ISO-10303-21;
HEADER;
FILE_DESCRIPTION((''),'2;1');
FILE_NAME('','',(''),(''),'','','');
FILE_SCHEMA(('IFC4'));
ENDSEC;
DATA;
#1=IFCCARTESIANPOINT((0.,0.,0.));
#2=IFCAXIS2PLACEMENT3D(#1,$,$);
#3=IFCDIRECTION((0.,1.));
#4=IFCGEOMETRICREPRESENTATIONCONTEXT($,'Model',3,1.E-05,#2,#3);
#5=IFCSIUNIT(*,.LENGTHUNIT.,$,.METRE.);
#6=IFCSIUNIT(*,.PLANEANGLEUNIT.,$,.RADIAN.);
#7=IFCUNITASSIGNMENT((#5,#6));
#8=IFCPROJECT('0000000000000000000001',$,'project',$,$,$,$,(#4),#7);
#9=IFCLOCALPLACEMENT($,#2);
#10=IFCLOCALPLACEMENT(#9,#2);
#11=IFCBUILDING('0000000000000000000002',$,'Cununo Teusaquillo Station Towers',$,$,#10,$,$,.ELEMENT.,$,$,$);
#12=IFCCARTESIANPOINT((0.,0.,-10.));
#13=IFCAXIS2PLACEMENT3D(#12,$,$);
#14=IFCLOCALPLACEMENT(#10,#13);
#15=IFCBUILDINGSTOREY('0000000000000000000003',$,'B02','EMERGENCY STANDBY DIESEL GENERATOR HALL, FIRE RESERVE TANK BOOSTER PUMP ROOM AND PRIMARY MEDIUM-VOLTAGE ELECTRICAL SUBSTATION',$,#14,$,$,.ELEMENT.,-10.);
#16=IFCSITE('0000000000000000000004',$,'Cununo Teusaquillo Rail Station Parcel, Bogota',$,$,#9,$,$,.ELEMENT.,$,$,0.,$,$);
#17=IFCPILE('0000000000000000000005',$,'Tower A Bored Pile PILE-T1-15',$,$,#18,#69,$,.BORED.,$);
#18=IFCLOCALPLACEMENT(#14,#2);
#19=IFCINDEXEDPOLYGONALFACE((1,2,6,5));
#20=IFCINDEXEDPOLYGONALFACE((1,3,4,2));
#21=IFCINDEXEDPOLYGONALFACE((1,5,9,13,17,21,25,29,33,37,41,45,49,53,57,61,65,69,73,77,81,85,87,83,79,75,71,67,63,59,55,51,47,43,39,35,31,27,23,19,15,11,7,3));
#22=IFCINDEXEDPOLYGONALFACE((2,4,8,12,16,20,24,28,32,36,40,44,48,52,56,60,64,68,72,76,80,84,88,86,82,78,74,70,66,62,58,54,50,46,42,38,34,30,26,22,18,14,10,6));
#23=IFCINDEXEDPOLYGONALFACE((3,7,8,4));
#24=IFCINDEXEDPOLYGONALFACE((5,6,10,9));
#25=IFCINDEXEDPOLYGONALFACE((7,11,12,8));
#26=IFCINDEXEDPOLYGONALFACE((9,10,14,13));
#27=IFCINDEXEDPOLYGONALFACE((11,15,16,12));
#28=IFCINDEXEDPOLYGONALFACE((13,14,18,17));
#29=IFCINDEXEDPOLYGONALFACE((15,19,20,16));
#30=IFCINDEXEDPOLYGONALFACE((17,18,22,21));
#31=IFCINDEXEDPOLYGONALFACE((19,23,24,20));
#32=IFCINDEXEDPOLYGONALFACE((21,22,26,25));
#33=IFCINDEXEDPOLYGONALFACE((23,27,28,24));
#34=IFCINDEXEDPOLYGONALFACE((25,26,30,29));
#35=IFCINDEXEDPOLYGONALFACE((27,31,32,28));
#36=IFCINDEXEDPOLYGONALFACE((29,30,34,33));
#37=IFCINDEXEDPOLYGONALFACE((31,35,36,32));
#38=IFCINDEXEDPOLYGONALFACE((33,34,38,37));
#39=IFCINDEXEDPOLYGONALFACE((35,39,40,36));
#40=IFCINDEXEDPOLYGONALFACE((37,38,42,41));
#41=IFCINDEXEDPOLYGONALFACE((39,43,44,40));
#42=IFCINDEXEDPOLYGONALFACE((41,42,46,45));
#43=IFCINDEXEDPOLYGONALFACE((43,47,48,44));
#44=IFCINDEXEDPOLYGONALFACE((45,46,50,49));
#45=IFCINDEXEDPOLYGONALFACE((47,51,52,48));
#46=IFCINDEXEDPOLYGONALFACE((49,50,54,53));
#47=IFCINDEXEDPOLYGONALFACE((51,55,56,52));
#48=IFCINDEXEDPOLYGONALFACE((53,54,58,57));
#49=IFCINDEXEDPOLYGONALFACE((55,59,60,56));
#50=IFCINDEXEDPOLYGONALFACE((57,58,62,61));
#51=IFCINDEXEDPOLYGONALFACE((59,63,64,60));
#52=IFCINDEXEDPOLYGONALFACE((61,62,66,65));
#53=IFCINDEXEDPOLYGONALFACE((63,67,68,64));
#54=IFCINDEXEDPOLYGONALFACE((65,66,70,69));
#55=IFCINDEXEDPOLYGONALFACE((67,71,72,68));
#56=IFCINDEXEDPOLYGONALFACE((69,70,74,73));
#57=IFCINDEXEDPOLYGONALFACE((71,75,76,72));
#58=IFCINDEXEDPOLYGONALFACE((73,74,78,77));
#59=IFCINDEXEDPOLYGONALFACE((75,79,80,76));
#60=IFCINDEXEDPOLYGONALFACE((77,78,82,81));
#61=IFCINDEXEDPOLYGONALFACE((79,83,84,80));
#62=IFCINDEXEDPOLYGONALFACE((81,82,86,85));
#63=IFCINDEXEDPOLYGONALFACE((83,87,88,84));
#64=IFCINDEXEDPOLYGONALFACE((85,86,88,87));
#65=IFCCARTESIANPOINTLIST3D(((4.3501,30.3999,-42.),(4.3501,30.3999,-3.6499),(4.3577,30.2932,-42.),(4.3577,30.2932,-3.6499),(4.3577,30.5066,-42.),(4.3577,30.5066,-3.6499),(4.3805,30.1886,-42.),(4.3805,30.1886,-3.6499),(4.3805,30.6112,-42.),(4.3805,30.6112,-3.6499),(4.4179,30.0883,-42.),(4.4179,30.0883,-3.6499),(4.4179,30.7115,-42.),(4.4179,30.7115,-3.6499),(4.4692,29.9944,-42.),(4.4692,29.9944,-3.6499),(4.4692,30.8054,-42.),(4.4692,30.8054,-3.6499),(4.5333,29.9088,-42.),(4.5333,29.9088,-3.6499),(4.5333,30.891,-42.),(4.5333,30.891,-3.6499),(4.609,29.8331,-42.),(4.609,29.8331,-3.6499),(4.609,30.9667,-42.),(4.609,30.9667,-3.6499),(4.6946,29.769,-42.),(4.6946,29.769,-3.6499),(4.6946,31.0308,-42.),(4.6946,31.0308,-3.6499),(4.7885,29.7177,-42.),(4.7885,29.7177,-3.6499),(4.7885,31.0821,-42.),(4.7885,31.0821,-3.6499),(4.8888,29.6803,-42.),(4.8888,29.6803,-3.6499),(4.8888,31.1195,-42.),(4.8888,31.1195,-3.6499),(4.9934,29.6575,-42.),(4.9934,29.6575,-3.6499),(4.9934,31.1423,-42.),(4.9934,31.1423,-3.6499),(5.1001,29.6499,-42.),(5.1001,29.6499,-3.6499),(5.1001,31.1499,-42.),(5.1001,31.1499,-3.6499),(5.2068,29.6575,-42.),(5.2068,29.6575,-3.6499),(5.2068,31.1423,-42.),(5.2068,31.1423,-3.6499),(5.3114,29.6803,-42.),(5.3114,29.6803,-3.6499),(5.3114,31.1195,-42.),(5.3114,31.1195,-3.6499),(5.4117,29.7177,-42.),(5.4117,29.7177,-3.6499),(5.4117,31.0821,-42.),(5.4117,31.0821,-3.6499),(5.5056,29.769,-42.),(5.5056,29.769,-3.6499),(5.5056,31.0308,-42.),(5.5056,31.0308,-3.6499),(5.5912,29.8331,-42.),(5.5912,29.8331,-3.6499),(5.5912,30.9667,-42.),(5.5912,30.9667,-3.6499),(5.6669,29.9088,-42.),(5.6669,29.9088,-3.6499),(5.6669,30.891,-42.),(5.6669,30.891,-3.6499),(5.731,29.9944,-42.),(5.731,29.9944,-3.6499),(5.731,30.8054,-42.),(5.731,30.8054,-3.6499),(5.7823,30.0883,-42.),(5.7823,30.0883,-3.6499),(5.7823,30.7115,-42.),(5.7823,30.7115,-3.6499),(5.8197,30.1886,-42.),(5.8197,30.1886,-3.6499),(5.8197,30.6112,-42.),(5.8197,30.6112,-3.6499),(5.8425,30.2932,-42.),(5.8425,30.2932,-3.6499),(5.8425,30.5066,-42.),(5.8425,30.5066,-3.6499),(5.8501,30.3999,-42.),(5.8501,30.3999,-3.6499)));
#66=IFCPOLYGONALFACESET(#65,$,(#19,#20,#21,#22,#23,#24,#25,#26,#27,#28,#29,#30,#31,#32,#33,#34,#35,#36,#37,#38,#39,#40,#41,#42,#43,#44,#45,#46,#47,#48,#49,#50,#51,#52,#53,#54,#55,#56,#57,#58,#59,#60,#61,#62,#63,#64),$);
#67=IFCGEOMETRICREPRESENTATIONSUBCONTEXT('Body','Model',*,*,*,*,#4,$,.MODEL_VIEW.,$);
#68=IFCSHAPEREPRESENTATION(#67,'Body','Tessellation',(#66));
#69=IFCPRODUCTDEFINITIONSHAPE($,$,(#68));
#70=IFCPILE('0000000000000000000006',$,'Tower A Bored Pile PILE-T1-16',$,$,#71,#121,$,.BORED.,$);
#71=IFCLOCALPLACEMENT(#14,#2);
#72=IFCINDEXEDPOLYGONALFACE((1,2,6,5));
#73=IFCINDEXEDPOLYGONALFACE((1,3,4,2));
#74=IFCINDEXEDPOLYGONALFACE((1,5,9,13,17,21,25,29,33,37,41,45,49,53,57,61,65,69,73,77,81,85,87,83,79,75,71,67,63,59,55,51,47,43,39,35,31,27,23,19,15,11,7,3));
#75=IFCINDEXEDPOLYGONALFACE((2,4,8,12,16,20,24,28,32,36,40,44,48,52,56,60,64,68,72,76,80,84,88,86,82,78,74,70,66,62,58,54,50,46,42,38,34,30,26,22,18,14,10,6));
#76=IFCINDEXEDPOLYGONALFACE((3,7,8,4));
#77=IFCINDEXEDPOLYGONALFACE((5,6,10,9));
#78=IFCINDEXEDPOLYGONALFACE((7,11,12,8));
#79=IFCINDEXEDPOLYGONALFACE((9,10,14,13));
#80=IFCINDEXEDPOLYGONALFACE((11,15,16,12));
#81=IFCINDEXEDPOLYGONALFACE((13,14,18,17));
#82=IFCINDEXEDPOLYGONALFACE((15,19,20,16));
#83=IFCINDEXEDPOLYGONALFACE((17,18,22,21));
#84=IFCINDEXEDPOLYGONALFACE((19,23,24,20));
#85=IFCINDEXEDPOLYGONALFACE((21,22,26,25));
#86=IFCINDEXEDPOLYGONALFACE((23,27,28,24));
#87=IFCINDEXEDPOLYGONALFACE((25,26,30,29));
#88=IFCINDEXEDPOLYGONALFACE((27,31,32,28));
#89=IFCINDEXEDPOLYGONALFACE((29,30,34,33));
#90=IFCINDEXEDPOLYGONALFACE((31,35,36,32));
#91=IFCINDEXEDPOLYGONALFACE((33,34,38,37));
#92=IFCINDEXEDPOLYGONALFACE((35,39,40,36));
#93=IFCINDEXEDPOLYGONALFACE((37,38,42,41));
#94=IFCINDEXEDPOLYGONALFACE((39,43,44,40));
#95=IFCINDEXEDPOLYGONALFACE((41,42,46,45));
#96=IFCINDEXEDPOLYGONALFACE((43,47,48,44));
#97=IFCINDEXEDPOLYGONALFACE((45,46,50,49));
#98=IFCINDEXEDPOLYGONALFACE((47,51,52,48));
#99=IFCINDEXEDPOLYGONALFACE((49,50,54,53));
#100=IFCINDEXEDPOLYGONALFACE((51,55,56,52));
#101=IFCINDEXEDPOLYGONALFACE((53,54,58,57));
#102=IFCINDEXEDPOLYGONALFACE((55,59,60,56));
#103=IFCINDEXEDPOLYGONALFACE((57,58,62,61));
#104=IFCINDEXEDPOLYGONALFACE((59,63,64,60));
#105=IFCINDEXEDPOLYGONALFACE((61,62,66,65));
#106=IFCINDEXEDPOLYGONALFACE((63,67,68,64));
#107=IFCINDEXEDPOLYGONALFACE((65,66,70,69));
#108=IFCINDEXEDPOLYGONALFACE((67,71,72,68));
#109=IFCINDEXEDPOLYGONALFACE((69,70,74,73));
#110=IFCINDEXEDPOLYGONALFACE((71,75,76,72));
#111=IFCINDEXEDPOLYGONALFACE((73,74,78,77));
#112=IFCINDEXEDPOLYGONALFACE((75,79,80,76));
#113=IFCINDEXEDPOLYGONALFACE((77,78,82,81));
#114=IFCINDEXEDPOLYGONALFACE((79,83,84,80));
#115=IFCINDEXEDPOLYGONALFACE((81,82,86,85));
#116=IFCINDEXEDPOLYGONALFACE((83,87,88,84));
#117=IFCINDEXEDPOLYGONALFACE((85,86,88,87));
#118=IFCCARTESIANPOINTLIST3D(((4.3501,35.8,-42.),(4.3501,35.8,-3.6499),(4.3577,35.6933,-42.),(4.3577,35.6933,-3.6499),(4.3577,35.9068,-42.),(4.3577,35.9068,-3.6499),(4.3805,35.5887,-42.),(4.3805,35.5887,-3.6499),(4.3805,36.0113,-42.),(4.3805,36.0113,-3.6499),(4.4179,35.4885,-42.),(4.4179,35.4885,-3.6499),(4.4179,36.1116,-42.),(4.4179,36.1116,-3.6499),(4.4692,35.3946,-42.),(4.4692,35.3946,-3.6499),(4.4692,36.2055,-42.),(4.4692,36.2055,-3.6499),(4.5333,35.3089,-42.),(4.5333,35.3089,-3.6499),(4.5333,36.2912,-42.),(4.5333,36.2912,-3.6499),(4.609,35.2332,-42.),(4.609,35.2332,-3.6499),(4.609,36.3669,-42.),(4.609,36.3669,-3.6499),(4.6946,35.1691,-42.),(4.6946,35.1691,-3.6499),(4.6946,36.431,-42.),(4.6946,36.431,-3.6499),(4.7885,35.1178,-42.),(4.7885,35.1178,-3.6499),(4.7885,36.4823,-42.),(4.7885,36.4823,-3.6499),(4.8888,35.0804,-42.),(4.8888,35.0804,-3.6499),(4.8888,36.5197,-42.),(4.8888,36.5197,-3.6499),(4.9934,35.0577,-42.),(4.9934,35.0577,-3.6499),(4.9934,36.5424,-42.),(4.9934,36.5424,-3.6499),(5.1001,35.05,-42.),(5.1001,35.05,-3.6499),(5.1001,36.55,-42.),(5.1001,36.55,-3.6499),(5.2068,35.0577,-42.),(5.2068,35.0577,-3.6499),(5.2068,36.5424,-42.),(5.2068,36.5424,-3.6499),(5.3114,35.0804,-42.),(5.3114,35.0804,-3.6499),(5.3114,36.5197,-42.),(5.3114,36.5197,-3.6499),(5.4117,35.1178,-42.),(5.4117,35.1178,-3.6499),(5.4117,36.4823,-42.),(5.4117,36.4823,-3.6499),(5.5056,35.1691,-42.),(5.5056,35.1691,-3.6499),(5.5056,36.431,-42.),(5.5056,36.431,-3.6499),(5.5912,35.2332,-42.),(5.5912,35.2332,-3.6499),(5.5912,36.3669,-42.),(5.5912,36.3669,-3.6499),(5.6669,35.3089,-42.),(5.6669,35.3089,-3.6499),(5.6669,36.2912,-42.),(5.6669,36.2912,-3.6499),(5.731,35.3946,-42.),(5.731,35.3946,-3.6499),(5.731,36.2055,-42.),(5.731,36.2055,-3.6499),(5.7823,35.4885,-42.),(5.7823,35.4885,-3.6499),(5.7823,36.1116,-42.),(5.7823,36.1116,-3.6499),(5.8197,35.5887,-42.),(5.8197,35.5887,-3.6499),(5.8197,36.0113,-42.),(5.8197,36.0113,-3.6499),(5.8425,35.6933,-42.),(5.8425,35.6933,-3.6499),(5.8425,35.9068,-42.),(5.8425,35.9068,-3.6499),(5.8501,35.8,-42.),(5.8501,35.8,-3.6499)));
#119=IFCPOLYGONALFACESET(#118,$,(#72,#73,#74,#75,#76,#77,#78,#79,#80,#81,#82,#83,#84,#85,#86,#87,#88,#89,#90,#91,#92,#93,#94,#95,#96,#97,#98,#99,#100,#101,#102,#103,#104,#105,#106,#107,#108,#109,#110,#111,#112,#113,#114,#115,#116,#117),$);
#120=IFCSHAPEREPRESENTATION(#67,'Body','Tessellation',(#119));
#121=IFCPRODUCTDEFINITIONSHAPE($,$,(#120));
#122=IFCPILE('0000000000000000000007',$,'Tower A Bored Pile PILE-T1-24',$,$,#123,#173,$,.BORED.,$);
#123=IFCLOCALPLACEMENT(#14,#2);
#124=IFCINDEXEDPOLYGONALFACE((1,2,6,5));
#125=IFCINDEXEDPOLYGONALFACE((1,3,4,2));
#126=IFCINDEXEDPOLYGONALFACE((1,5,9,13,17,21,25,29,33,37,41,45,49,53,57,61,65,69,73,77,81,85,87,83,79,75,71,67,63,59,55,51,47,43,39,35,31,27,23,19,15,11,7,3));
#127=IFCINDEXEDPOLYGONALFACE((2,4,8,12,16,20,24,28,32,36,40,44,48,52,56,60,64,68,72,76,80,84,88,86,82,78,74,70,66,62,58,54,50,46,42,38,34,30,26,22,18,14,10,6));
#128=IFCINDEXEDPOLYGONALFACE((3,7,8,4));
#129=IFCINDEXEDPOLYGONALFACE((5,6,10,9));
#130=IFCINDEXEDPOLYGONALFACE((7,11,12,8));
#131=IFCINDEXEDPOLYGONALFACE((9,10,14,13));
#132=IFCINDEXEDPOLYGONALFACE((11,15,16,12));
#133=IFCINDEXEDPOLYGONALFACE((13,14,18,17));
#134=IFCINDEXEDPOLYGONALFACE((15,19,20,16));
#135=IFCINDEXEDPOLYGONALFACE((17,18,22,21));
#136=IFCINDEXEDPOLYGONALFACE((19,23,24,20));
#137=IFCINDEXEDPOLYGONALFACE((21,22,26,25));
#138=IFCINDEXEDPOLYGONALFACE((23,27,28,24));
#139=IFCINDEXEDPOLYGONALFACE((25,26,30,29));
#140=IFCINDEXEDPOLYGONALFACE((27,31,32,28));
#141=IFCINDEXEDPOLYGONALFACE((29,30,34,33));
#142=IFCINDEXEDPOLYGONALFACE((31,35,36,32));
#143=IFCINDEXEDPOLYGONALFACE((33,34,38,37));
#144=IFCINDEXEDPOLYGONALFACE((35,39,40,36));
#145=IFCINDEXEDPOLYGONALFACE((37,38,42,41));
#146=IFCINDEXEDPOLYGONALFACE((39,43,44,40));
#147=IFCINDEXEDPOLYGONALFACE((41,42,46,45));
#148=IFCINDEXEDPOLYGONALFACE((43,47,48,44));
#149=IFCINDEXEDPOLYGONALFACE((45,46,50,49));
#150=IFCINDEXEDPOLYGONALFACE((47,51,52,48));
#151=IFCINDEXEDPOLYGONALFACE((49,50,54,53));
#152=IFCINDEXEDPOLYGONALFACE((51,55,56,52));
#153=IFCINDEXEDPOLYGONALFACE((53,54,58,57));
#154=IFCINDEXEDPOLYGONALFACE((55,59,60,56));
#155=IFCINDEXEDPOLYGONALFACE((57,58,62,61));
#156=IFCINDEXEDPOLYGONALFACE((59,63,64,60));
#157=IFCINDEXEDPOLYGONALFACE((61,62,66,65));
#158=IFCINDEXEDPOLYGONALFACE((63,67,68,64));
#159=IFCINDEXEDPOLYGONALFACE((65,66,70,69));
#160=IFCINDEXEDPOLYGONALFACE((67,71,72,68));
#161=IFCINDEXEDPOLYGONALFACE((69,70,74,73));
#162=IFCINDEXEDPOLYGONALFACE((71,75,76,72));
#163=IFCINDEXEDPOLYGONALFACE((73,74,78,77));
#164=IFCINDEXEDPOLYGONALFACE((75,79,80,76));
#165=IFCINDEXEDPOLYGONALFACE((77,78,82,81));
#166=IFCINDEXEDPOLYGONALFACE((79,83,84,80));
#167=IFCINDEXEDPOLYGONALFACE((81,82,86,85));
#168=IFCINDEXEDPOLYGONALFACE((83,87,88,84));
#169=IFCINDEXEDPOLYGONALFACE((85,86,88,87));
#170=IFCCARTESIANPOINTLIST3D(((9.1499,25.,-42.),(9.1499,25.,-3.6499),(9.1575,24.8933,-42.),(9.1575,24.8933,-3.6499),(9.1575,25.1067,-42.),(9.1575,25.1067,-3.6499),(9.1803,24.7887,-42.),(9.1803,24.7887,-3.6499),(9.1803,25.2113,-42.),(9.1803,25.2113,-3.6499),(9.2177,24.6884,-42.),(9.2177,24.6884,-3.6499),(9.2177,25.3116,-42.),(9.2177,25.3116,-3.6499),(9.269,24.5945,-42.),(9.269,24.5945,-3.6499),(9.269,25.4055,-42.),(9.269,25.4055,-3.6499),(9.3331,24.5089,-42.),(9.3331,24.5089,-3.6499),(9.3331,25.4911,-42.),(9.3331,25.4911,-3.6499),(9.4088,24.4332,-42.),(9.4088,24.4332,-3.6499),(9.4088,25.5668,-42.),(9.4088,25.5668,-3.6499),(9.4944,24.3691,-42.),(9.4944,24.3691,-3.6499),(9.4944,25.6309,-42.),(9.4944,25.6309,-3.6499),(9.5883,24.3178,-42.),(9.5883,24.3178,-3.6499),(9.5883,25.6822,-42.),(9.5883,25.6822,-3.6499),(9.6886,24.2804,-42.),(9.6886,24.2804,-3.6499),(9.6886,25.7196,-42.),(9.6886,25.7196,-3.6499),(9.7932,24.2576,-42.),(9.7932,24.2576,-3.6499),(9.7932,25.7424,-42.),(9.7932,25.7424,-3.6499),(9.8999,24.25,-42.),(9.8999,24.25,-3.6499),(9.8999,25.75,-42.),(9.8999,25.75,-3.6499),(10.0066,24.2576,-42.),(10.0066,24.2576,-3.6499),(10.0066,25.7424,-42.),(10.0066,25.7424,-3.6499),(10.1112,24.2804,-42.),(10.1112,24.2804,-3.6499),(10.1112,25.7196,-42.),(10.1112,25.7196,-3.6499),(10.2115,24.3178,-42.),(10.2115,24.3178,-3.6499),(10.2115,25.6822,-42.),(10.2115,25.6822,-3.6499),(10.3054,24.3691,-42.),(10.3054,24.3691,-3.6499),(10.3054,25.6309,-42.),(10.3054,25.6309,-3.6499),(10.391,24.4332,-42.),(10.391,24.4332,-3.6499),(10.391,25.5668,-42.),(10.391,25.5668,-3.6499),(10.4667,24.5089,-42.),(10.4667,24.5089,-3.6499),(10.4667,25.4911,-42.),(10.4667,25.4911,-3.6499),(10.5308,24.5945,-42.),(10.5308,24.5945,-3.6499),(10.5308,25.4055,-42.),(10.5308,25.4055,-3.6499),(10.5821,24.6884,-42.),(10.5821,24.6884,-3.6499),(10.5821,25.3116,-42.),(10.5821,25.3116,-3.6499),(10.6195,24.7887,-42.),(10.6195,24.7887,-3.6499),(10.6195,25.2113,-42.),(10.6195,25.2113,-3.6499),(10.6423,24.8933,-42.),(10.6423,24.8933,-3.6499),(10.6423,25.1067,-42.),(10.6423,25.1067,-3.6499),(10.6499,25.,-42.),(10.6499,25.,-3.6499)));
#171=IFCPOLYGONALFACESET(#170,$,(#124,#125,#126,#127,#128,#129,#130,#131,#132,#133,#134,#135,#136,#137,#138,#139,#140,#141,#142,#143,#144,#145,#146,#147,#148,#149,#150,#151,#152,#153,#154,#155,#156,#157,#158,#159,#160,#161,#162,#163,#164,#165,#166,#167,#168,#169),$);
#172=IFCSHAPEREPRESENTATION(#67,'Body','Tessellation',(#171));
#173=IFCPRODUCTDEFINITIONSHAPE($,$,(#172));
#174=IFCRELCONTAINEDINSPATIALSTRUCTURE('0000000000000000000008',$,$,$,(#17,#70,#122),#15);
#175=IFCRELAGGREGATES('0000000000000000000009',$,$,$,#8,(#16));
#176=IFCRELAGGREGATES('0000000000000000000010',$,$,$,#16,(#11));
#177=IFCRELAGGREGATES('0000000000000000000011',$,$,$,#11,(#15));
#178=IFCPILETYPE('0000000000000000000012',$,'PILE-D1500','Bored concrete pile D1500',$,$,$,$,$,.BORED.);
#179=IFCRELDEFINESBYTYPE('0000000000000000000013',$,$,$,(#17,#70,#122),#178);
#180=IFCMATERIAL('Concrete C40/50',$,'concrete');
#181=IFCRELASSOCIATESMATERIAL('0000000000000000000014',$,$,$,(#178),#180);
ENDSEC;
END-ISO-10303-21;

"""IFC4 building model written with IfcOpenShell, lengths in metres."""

from ifc_helpers import new_model, si_unit, direction, frame, origin, origin_2d, place, context, subcontext, project, spatial, circle, extrude, material, material_profile, profile_set, type_object, element, save


model = new_model("IFC4")

# Units and contexts
model_context = context("Model", 3, precision=1e-05, world=origin(), true_north=direction((0.0, 1.0)))
body_context = subcontext(model_context, "Body", "Model", "MODEL_VIEW")
ifc_project = project(units=[si_unit("LENGTHUNIT", "METRE"), si_unit("PLANEANGLEUNIT", "RADIAN")], contexts=[model_context])

# Site, building, storey
site_placement = place(None, origin())
site = spatial("IfcSite", under=ifc_project, at=site_placement, Name="Cununo Teusaquillo Rail Station Parcel, Bogota", CompositionType="ELEMENT", RefElevation=0.0)
building_placement = place(site_placement, origin())
building = spatial("IfcBuilding", under=site, at=building_placement, Name="Cununo Teusaquillo Station Towers", CompositionType="ELEMENT")
storey_placement = place(building_placement, frame((0.0, 0.0, -10.0)))
storey = spatial("IfcBuildingStorey", under=building, at=storey_placement, Name="B02", Description="EMERGENCY STANDBY DIESEL GENERATOR HALL, FIRE RESERVE TANK BOOSTER PUMP ROOM AND PRIMARY MEDIUM-VOLTAGE ELECTRICAL SUBSTATION", CompositionType="ELEMENT", Elevation=-10.0)

# Piles
ifc_material_1 = material(Name="Concrete C40/50", Category="concrete")
ifc_material_profile_1 = material_profile(ifc_material_1, circle(Radius=0.75, at=origin_2d()), Name="PILE-BORED-1500")
ifc_profile_set_1 = profile_set([ifc_material_profile_1], Name="Concrete C40/50")
pile_type = type_object("IfcPileType", Name="PILE-D1500", Description="Bored concrete pile D1500", PredefinedType="BORED", material=ifc_profile_set_1)
for number, where, z_axis, x_axis, name in (
    (1, (5.1001, 30.3999, -3.6499), (0.0, 0.0, -1.0), (1.0, 0.0, 0.0), "Tower A Bored Pile PILE-T1-15"),
    (2, (5.1001, 35.8, -3.6499), (0.0, 0.0, -1.0), (1.0, 0.0, 0.0), "Tower A Bored Pile PILE-T1-16"),
    (3, (9.8999, 25.0, -3.6499), (0.0, 0.0, -1.0), (1.0, 0.0, 0.0), "Tower A Bored Pile PILE-T1-24"),
):
    element("IfcPile", number, at=place(storey_placement, frame(where, z_axis=z_axis, x_axis=x_axis)), inside=storey, type_object=pile_type, Name=name, PredefinedType="BORED", context=body_context, shape_type="SweptSolid", body=[
        extrude(circle(Radius=0.75, at=origin_2d()), origin(), (0.0, 0.0, 1.0), 38.3501),
    ])

save(model, "model.ifc")
